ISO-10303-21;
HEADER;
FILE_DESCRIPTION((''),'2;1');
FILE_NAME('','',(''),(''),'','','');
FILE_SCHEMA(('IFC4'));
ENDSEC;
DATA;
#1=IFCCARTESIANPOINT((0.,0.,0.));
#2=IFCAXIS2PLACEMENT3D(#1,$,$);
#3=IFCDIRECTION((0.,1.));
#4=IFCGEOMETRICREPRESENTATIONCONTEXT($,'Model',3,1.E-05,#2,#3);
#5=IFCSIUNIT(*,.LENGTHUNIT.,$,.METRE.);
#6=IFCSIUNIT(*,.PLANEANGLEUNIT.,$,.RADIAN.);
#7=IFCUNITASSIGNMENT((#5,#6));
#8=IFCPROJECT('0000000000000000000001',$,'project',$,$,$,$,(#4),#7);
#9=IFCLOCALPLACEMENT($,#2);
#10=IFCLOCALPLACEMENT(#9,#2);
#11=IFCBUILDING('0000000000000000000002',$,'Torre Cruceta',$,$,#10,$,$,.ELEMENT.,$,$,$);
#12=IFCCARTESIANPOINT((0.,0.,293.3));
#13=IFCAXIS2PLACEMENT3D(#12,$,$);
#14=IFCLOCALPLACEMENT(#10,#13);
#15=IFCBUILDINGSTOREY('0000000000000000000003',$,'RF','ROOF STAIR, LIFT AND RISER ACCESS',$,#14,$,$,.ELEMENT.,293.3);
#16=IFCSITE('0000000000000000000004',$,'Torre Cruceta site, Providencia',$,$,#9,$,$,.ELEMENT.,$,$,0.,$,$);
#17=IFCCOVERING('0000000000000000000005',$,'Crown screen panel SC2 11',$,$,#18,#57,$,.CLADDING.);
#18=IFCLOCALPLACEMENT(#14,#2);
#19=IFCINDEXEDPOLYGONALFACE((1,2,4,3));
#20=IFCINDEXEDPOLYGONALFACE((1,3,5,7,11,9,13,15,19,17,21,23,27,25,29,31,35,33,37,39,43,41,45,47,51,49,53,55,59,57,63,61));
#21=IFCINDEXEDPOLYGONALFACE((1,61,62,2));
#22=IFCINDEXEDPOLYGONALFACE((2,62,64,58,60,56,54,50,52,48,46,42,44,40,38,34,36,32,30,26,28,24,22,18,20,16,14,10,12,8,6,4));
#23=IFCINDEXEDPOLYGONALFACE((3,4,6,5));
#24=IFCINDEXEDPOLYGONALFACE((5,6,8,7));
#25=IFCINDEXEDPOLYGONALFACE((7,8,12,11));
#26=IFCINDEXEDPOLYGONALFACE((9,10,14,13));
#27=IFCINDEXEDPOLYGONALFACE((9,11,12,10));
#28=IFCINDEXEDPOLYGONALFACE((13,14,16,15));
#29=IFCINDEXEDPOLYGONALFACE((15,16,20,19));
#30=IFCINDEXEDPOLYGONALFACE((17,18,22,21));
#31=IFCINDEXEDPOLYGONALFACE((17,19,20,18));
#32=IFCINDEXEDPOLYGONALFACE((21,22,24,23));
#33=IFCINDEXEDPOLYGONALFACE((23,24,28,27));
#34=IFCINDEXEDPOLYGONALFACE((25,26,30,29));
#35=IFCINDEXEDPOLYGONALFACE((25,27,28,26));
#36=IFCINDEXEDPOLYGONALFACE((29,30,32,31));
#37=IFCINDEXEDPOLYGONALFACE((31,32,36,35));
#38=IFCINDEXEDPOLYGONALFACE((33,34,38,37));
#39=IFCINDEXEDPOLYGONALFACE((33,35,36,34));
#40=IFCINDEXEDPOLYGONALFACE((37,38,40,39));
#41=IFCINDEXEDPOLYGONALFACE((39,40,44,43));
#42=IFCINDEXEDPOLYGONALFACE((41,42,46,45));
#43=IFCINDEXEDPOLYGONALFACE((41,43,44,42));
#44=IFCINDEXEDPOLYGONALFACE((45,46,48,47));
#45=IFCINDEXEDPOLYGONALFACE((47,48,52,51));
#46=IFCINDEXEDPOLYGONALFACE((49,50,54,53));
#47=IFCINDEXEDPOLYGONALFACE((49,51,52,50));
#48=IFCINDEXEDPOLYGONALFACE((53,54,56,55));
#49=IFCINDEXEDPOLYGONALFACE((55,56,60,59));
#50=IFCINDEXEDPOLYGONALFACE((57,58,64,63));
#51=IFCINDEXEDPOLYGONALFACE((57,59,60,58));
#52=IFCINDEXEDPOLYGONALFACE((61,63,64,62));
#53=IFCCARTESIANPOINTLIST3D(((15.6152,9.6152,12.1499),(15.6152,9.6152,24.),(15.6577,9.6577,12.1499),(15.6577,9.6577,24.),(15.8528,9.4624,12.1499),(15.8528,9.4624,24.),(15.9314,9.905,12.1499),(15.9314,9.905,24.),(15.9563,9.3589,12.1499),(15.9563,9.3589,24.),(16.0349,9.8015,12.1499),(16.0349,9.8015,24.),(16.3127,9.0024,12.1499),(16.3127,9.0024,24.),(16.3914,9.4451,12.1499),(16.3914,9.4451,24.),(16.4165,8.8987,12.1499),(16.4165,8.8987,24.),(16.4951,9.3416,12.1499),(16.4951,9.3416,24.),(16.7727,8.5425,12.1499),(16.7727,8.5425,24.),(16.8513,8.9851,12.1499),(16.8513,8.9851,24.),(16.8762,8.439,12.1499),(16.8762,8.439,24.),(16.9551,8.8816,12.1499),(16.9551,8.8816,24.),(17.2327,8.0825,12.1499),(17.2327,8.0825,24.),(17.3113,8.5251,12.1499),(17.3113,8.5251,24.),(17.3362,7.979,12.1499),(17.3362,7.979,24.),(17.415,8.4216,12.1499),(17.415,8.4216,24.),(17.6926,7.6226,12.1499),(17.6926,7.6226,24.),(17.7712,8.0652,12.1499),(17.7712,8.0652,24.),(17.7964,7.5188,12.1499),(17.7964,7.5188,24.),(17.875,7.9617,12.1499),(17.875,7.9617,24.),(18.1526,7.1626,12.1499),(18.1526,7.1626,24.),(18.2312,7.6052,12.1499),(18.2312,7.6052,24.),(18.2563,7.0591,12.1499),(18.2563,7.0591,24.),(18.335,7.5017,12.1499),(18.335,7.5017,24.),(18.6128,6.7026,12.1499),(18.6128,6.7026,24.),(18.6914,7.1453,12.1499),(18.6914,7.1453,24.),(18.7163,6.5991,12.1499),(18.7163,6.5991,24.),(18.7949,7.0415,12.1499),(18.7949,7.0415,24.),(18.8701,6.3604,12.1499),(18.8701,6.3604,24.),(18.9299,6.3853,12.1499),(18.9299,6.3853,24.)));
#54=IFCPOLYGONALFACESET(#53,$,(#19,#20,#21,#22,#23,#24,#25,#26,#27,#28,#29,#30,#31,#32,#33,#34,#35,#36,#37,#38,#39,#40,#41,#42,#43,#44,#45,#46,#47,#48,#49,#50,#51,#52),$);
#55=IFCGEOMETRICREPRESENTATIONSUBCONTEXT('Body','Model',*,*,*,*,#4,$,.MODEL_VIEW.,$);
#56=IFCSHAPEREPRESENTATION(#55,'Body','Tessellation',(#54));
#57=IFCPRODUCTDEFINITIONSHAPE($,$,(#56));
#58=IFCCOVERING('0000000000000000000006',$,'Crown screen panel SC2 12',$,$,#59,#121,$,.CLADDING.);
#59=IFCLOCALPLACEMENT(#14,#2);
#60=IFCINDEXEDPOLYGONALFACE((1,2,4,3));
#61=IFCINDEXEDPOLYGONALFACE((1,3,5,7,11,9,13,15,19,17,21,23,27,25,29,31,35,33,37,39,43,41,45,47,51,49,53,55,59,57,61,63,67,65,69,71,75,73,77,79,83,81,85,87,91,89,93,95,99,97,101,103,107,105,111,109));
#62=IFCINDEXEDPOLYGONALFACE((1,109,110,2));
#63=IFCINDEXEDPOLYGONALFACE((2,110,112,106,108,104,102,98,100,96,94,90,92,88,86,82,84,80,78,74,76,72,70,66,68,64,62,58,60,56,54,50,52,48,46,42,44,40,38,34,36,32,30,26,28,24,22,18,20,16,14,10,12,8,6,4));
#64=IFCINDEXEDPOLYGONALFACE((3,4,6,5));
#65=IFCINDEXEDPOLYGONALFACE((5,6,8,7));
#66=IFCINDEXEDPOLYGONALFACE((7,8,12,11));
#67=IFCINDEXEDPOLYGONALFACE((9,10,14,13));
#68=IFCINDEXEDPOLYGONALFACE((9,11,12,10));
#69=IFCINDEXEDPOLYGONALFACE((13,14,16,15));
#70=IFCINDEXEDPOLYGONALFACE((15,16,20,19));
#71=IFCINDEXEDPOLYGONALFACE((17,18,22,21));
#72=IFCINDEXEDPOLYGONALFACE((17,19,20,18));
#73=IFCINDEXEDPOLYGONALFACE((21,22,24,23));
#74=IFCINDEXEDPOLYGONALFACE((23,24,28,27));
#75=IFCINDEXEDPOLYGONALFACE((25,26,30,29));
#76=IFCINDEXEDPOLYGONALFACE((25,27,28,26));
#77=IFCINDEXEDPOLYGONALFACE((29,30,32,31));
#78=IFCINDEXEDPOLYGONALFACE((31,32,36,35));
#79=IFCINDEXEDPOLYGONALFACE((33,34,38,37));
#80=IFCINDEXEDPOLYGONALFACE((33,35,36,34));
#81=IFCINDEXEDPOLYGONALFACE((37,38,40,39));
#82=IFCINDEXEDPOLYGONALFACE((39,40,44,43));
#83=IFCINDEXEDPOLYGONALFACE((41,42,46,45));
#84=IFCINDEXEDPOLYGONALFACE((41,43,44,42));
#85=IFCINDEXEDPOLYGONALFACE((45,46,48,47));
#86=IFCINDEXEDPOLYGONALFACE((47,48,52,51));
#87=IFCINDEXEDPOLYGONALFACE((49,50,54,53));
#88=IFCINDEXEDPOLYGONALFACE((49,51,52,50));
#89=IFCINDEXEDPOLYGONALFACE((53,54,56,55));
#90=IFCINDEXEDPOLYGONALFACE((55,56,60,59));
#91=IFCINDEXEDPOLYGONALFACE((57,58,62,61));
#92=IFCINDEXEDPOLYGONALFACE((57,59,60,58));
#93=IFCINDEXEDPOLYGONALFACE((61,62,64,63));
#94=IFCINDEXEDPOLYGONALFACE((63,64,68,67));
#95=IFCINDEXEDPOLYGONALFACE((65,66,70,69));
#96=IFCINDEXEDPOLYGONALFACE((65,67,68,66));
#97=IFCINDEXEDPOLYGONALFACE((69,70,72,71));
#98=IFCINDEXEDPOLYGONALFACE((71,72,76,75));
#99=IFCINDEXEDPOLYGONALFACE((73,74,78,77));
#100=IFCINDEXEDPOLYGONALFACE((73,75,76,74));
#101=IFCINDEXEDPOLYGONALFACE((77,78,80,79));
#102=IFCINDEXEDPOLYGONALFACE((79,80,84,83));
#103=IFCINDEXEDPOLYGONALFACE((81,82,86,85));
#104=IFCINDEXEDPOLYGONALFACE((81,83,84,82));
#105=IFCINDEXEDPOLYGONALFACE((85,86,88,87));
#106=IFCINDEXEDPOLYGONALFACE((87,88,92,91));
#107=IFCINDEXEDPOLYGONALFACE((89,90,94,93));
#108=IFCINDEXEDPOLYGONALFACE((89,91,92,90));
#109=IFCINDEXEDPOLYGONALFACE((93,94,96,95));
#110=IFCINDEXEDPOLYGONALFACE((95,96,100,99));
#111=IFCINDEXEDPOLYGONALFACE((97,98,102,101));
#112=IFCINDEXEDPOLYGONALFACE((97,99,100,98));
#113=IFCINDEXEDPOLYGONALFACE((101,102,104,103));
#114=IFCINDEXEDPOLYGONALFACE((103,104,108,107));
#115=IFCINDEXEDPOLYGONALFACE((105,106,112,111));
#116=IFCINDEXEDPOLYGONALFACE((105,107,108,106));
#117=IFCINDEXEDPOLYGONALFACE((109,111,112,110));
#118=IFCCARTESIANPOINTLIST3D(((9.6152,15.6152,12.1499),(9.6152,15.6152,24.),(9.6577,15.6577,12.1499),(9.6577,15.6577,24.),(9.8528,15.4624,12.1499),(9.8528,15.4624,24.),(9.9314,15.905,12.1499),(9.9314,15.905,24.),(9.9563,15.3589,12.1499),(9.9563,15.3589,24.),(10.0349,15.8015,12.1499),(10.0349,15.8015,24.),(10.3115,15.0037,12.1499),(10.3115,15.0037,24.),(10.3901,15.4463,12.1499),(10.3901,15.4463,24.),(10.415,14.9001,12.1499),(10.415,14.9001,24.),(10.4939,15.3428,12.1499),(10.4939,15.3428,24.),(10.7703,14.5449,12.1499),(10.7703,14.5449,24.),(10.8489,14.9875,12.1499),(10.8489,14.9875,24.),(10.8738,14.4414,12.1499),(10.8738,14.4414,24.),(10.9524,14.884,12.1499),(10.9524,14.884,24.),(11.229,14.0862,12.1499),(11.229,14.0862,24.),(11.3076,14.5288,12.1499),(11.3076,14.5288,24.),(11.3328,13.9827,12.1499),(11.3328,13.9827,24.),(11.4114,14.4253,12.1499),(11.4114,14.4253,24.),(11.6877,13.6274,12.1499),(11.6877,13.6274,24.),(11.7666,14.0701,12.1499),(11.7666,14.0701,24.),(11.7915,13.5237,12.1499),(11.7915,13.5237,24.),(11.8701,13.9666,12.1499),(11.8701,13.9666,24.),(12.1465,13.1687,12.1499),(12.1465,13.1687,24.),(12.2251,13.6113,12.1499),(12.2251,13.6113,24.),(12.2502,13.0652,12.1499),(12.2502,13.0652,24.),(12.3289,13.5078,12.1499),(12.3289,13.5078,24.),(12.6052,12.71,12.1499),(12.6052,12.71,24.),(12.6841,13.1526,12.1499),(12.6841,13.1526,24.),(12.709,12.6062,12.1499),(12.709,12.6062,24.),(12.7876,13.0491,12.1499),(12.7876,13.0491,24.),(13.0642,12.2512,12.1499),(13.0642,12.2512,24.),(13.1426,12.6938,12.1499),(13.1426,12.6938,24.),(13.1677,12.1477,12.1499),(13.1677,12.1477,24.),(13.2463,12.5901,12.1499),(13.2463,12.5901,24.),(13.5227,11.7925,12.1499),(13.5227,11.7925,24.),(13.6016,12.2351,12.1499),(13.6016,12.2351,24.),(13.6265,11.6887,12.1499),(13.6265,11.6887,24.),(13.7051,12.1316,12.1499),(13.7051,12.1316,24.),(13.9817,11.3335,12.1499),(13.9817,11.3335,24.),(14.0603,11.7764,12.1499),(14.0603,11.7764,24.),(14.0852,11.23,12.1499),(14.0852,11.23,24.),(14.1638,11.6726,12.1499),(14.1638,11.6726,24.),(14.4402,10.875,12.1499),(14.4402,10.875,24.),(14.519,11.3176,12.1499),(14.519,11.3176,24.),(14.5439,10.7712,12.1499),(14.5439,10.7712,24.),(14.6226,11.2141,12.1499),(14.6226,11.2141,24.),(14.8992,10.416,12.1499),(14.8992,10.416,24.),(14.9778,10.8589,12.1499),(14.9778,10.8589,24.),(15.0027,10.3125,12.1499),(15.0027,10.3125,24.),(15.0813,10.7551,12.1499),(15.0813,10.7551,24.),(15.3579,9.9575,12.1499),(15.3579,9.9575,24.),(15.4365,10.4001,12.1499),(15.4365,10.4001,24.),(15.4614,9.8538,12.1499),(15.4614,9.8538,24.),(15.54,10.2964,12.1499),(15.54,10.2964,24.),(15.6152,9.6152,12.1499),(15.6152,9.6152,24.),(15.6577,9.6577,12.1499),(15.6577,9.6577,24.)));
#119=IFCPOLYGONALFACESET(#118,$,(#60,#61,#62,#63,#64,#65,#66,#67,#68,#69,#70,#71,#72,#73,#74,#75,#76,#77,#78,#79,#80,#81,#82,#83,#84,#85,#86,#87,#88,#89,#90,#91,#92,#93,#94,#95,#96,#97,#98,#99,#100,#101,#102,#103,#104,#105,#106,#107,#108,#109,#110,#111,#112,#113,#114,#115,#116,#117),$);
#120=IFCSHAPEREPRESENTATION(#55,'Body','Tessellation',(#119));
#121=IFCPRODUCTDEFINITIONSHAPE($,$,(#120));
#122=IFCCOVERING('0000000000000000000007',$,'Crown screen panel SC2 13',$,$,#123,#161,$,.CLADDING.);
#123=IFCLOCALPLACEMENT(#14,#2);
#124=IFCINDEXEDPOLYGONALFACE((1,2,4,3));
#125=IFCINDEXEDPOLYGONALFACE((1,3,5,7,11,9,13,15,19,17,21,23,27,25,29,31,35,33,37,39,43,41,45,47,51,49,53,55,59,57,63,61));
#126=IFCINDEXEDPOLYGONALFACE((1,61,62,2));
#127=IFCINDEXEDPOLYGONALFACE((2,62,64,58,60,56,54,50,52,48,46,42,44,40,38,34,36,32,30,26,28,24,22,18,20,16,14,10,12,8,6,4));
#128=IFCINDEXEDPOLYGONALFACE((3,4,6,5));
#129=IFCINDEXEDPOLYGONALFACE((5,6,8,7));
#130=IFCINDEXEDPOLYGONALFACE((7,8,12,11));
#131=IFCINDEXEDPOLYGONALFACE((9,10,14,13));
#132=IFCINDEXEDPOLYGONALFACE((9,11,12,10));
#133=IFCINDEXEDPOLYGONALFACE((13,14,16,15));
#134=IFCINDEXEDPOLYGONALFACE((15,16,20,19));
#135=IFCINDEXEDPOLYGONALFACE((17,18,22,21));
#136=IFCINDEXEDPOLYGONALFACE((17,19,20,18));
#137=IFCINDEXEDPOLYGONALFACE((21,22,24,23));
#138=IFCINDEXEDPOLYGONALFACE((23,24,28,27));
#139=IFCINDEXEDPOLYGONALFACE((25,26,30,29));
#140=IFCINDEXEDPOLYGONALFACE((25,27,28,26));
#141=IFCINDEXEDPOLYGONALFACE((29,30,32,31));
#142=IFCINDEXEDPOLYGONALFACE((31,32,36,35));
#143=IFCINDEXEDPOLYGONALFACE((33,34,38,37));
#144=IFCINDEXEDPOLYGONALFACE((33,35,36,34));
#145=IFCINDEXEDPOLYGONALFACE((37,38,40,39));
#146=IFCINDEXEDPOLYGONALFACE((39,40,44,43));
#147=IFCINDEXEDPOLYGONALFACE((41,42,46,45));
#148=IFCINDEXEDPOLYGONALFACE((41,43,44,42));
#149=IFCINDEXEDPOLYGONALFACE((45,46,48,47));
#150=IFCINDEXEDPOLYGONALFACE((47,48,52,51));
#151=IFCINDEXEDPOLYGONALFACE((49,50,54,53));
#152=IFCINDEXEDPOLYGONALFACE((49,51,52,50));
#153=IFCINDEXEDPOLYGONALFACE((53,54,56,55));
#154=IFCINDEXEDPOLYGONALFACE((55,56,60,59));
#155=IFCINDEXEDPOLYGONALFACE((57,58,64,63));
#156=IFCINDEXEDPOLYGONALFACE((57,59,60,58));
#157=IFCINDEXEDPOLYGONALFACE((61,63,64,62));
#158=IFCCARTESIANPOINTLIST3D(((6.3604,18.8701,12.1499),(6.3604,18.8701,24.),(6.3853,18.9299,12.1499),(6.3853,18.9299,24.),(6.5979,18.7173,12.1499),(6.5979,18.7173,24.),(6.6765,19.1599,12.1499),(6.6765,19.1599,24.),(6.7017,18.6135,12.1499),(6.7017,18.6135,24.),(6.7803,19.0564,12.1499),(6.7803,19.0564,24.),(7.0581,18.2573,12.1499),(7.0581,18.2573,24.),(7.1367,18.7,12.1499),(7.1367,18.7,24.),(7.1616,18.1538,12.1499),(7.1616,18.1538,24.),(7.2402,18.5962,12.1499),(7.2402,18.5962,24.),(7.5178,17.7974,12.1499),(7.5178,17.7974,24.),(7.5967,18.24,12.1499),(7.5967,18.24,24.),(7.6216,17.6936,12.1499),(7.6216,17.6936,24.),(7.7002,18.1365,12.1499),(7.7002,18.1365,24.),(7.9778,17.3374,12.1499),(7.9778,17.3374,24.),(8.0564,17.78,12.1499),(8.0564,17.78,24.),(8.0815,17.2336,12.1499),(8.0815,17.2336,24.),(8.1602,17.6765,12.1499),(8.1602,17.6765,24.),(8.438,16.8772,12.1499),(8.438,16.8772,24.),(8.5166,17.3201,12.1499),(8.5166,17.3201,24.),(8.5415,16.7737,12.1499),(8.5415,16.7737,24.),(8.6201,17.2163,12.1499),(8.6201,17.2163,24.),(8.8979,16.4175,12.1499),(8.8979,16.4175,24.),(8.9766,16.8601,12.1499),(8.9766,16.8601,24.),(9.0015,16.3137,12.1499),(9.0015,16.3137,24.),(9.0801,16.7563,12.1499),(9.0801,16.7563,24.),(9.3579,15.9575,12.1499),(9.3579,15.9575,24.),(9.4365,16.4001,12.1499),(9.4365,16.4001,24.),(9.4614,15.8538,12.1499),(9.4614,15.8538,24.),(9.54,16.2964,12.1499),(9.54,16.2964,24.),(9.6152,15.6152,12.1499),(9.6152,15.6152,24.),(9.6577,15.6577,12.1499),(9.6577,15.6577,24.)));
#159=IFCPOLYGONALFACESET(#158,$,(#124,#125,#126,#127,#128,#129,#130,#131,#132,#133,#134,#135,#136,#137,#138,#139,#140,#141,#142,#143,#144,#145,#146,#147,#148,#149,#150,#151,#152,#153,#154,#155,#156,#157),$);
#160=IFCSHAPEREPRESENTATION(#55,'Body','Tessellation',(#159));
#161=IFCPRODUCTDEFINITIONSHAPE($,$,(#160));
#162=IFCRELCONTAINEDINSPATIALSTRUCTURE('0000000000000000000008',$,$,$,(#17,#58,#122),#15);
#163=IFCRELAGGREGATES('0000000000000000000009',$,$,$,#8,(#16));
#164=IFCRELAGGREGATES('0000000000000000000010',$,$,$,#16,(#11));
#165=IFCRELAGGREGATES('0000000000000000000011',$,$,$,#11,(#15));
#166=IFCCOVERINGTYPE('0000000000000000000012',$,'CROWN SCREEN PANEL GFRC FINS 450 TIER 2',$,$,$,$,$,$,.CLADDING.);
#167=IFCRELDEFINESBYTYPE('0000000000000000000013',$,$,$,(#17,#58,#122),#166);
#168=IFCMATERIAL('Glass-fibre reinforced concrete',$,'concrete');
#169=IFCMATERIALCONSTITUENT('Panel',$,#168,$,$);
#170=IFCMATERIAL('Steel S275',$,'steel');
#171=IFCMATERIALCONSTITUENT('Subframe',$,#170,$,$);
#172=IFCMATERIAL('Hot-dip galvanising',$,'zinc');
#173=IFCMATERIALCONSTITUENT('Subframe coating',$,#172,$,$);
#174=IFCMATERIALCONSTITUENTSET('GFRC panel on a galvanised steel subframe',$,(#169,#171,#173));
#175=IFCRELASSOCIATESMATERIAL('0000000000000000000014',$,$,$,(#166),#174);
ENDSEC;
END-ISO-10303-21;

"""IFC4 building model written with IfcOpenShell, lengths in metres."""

from ifc_helpers import new_model, si_unit, direction, frame, origin, place, context, subcontext, project, spatial, polyline, outline, extrude, material, constituent, constituent_set, type_object, element, save


model = new_model("IFC4")

# Units and contexts
model_context = context("Model", 3, precision=1e-05, world=origin(), true_north=direction((0.0, 1.0)))
body_context = subcontext(model_context, "Body", "Model", "MODEL_VIEW")
ifc_project = project(units=[si_unit("LENGTHUNIT", "METRE"), si_unit("PLANEANGLEUNIT", "RADIAN")], contexts=[model_context])

# Site, building, storey
site_placement = place(None, origin())
site = spatial("IfcSite", under=ifc_project, at=site_placement, Name="Torre Cruceta site, Providencia", CompositionType="ELEMENT", RefElevation=0.0)
building_placement = place(site_placement, origin())
building = spatial("IfcBuilding", under=site, at=building_placement, Name="Torre Cruceta", CompositionType="ELEMENT")
storey_placement = place(building_placement, frame((0.0, 0.0, 293.3)))
storey = spatial("IfcBuildingStorey", under=building, at=storey_placement, Name="RF", Description="ROOF STAIR, LIFT AND RISER ACCESS", CompositionType="ELEMENT", Elevation=293.3)

# Coverings
ifc_material_1 = material(Name="Glass-fibre reinforced concrete", Category="concrete")
ifc_constituent_1 = constituent(ifc_material_1, Name="Panel")
ifc_material_2 = material(Name="Steel S275", Category="steel")
ifc_constituent_2 = constituent(ifc_material_2, Name="Subframe")
ifc_material_3 = material(Name="Hot-dip galvanising", Category="zinc")
ifc_constituent_3 = constituent(ifc_material_3, Name="Subframe coating")
ifc_constituent_set_1 = constituent_set(constituents=[ifc_constituent_1, ifc_constituent_2, ifc_constituent_3], Name="GFRC panel on a galvanised steel subframe")
covering_type_1 = type_object("IfcCoveringType", Name="CROWN SCREEN PANEL GFRC FINS 450 TIER 2", PredefinedType="CLADDING", material=ifc_constituent_set_1)
covering_1_placement = place(storey_placement, frame((0.0, 0.0, 12.1499)))
element("IfcCovering", 1, at=covering_1_placement, inside=storey, type_object=covering_type_1, Name="Crown screen panel SC2 11", PredefinedType="CLADDING", context=body_context, shape_type="SweptSolid", body=[
    extrude(outline(polyline([(18.6914, 7.1453), (18.6128, 6.7026), (18.2563, 7.0591), (18.335, 7.5017), (18.2312, 7.6052), (18.1526, 7.1626), (17.7964, 7.5188), (17.875, 7.9617), (17.7712, 8.0652), (17.6926, 7.6226), (17.3362, 7.979), (17.415, 8.4216), (17.3113, 8.5251), (17.2327, 8.0825), (16.8762, 8.439), (16.9551, 8.8816), (16.8513, 8.9851), (16.7727, 8.5425), (16.4165, 8.8987), (16.4951, 9.3416), (16.3914, 9.4451), (16.3127, 9.0024), (15.9563, 9.3589), (16.0349, 9.8015), (15.9314, 9.905), (15.8528, 9.4624), (15.6577, 9.6577), (15.6152, 9.6152), (18.8701, 6.3604), (18.9299, 6.3853), (18.7163, 6.5991), (18.7949, 7.0415), (18.6914, 7.1453)])), origin(), (0.0, 0.0, 1.0), 11.8501),
])
covering_2_placement = place(storey_placement, frame((0.0, 0.0, 12.1499)))
element("IfcCovering", 2, at=covering_2_placement, inside=storey, type_object=covering_type_1, Name="Crown screen panel SC2 12", PredefinedType="CLADDING", context=body_context, shape_type="SweptSolid", body=[
    extrude(outline(polyline([(9.6577, 15.6577), (9.6152, 15.6152), (15.6152, 9.6152), (15.6577, 9.6577), (15.4614, 9.8538), (15.54, 10.2964), (15.4365, 10.4001), (15.3579, 9.9575), (15.0027, 10.3125), (15.0813, 10.7551), (14.9778, 10.8589), (14.8992, 10.416), (14.5439, 10.7712), (14.6226, 11.2141), (14.519, 11.3176), (14.4402, 10.875), (14.0852, 11.23), (14.1638, 11.6726), (14.0603, 11.7764), (13.9817, 11.3335), (13.6265, 11.6887), (13.7051, 12.1316), (13.6016, 12.2351), (13.5227, 11.7925), (13.1677, 12.1477), (13.2463, 12.5901), (13.1426, 12.6938), (13.0642, 12.2512), (12.709, 12.6062), (12.7876, 13.0491), (12.6841, 13.1526), (12.6052, 12.71), (12.2502, 13.0652), (12.3289, 13.5078), (12.2251, 13.6113), (12.1465, 13.1687), (11.7915, 13.5237), (11.8701, 13.9666), (11.7666, 14.0701), (11.6877, 13.6274), (11.3328, 13.9827), (11.4114, 14.4253), (11.3076, 14.5288), (11.229, 14.0862), (10.8738, 14.4414), (10.9524, 14.884), (10.8489, 14.9875), (10.7703, 14.5449), (10.415, 14.9001), (10.4939, 15.3428), (10.3901, 15.4463), (10.3115, 15.0037), (9.9563, 15.3589), (10.0349, 15.8015), (9.9314, 15.905), (9.8528, 15.4624), (9.6577, 15.6577)])), origin(), (0.0, 0.0, 1.0), 11.8501),
])
covering_3_placement = place(storey_placement, frame((0.0, 0.0, 12.1499)))
element("IfcCovering", 3, at=covering_3_placement, inside=storey, type_object=covering_type_1, Name="Crown screen panel SC2 13", PredefinedType="CLADDING", context=body_context, shape_type="SweptSolid", body=[
    extrude(outline(polyline([(9.4365, 16.4001), (9.3579, 15.9575), (9.0015, 16.3137), (9.0801, 16.7563), (8.9766, 16.8601), (8.8979, 16.4175), (8.5415, 16.7737), (8.6201, 17.2163), (8.5166, 17.3201), (8.438, 16.8772), (8.0815, 17.2336), (8.1602, 17.6765), (8.0564, 17.78), (7.9778, 17.3374), (7.6216, 17.6936), (7.7002, 18.1365), (7.5967, 18.24), (7.5178, 17.7974), (7.1616, 18.1538), (7.2402, 18.5962), (7.1367, 18.7), (7.0581, 18.2573), (6.7017, 18.6135), (6.7803, 19.0564), (6.6765, 19.1599), (6.5979, 18.7173), (6.3853, 18.9299), (6.3604, 18.8701), (9.6152, 15.6152), (9.6577, 15.6577), (9.4614, 15.8538), (9.54, 16.2964), (9.4365, 16.4001)])), origin(), (0.0, 0.0, 1.0), 11.8501),
])

save(model, "model.ifc")
